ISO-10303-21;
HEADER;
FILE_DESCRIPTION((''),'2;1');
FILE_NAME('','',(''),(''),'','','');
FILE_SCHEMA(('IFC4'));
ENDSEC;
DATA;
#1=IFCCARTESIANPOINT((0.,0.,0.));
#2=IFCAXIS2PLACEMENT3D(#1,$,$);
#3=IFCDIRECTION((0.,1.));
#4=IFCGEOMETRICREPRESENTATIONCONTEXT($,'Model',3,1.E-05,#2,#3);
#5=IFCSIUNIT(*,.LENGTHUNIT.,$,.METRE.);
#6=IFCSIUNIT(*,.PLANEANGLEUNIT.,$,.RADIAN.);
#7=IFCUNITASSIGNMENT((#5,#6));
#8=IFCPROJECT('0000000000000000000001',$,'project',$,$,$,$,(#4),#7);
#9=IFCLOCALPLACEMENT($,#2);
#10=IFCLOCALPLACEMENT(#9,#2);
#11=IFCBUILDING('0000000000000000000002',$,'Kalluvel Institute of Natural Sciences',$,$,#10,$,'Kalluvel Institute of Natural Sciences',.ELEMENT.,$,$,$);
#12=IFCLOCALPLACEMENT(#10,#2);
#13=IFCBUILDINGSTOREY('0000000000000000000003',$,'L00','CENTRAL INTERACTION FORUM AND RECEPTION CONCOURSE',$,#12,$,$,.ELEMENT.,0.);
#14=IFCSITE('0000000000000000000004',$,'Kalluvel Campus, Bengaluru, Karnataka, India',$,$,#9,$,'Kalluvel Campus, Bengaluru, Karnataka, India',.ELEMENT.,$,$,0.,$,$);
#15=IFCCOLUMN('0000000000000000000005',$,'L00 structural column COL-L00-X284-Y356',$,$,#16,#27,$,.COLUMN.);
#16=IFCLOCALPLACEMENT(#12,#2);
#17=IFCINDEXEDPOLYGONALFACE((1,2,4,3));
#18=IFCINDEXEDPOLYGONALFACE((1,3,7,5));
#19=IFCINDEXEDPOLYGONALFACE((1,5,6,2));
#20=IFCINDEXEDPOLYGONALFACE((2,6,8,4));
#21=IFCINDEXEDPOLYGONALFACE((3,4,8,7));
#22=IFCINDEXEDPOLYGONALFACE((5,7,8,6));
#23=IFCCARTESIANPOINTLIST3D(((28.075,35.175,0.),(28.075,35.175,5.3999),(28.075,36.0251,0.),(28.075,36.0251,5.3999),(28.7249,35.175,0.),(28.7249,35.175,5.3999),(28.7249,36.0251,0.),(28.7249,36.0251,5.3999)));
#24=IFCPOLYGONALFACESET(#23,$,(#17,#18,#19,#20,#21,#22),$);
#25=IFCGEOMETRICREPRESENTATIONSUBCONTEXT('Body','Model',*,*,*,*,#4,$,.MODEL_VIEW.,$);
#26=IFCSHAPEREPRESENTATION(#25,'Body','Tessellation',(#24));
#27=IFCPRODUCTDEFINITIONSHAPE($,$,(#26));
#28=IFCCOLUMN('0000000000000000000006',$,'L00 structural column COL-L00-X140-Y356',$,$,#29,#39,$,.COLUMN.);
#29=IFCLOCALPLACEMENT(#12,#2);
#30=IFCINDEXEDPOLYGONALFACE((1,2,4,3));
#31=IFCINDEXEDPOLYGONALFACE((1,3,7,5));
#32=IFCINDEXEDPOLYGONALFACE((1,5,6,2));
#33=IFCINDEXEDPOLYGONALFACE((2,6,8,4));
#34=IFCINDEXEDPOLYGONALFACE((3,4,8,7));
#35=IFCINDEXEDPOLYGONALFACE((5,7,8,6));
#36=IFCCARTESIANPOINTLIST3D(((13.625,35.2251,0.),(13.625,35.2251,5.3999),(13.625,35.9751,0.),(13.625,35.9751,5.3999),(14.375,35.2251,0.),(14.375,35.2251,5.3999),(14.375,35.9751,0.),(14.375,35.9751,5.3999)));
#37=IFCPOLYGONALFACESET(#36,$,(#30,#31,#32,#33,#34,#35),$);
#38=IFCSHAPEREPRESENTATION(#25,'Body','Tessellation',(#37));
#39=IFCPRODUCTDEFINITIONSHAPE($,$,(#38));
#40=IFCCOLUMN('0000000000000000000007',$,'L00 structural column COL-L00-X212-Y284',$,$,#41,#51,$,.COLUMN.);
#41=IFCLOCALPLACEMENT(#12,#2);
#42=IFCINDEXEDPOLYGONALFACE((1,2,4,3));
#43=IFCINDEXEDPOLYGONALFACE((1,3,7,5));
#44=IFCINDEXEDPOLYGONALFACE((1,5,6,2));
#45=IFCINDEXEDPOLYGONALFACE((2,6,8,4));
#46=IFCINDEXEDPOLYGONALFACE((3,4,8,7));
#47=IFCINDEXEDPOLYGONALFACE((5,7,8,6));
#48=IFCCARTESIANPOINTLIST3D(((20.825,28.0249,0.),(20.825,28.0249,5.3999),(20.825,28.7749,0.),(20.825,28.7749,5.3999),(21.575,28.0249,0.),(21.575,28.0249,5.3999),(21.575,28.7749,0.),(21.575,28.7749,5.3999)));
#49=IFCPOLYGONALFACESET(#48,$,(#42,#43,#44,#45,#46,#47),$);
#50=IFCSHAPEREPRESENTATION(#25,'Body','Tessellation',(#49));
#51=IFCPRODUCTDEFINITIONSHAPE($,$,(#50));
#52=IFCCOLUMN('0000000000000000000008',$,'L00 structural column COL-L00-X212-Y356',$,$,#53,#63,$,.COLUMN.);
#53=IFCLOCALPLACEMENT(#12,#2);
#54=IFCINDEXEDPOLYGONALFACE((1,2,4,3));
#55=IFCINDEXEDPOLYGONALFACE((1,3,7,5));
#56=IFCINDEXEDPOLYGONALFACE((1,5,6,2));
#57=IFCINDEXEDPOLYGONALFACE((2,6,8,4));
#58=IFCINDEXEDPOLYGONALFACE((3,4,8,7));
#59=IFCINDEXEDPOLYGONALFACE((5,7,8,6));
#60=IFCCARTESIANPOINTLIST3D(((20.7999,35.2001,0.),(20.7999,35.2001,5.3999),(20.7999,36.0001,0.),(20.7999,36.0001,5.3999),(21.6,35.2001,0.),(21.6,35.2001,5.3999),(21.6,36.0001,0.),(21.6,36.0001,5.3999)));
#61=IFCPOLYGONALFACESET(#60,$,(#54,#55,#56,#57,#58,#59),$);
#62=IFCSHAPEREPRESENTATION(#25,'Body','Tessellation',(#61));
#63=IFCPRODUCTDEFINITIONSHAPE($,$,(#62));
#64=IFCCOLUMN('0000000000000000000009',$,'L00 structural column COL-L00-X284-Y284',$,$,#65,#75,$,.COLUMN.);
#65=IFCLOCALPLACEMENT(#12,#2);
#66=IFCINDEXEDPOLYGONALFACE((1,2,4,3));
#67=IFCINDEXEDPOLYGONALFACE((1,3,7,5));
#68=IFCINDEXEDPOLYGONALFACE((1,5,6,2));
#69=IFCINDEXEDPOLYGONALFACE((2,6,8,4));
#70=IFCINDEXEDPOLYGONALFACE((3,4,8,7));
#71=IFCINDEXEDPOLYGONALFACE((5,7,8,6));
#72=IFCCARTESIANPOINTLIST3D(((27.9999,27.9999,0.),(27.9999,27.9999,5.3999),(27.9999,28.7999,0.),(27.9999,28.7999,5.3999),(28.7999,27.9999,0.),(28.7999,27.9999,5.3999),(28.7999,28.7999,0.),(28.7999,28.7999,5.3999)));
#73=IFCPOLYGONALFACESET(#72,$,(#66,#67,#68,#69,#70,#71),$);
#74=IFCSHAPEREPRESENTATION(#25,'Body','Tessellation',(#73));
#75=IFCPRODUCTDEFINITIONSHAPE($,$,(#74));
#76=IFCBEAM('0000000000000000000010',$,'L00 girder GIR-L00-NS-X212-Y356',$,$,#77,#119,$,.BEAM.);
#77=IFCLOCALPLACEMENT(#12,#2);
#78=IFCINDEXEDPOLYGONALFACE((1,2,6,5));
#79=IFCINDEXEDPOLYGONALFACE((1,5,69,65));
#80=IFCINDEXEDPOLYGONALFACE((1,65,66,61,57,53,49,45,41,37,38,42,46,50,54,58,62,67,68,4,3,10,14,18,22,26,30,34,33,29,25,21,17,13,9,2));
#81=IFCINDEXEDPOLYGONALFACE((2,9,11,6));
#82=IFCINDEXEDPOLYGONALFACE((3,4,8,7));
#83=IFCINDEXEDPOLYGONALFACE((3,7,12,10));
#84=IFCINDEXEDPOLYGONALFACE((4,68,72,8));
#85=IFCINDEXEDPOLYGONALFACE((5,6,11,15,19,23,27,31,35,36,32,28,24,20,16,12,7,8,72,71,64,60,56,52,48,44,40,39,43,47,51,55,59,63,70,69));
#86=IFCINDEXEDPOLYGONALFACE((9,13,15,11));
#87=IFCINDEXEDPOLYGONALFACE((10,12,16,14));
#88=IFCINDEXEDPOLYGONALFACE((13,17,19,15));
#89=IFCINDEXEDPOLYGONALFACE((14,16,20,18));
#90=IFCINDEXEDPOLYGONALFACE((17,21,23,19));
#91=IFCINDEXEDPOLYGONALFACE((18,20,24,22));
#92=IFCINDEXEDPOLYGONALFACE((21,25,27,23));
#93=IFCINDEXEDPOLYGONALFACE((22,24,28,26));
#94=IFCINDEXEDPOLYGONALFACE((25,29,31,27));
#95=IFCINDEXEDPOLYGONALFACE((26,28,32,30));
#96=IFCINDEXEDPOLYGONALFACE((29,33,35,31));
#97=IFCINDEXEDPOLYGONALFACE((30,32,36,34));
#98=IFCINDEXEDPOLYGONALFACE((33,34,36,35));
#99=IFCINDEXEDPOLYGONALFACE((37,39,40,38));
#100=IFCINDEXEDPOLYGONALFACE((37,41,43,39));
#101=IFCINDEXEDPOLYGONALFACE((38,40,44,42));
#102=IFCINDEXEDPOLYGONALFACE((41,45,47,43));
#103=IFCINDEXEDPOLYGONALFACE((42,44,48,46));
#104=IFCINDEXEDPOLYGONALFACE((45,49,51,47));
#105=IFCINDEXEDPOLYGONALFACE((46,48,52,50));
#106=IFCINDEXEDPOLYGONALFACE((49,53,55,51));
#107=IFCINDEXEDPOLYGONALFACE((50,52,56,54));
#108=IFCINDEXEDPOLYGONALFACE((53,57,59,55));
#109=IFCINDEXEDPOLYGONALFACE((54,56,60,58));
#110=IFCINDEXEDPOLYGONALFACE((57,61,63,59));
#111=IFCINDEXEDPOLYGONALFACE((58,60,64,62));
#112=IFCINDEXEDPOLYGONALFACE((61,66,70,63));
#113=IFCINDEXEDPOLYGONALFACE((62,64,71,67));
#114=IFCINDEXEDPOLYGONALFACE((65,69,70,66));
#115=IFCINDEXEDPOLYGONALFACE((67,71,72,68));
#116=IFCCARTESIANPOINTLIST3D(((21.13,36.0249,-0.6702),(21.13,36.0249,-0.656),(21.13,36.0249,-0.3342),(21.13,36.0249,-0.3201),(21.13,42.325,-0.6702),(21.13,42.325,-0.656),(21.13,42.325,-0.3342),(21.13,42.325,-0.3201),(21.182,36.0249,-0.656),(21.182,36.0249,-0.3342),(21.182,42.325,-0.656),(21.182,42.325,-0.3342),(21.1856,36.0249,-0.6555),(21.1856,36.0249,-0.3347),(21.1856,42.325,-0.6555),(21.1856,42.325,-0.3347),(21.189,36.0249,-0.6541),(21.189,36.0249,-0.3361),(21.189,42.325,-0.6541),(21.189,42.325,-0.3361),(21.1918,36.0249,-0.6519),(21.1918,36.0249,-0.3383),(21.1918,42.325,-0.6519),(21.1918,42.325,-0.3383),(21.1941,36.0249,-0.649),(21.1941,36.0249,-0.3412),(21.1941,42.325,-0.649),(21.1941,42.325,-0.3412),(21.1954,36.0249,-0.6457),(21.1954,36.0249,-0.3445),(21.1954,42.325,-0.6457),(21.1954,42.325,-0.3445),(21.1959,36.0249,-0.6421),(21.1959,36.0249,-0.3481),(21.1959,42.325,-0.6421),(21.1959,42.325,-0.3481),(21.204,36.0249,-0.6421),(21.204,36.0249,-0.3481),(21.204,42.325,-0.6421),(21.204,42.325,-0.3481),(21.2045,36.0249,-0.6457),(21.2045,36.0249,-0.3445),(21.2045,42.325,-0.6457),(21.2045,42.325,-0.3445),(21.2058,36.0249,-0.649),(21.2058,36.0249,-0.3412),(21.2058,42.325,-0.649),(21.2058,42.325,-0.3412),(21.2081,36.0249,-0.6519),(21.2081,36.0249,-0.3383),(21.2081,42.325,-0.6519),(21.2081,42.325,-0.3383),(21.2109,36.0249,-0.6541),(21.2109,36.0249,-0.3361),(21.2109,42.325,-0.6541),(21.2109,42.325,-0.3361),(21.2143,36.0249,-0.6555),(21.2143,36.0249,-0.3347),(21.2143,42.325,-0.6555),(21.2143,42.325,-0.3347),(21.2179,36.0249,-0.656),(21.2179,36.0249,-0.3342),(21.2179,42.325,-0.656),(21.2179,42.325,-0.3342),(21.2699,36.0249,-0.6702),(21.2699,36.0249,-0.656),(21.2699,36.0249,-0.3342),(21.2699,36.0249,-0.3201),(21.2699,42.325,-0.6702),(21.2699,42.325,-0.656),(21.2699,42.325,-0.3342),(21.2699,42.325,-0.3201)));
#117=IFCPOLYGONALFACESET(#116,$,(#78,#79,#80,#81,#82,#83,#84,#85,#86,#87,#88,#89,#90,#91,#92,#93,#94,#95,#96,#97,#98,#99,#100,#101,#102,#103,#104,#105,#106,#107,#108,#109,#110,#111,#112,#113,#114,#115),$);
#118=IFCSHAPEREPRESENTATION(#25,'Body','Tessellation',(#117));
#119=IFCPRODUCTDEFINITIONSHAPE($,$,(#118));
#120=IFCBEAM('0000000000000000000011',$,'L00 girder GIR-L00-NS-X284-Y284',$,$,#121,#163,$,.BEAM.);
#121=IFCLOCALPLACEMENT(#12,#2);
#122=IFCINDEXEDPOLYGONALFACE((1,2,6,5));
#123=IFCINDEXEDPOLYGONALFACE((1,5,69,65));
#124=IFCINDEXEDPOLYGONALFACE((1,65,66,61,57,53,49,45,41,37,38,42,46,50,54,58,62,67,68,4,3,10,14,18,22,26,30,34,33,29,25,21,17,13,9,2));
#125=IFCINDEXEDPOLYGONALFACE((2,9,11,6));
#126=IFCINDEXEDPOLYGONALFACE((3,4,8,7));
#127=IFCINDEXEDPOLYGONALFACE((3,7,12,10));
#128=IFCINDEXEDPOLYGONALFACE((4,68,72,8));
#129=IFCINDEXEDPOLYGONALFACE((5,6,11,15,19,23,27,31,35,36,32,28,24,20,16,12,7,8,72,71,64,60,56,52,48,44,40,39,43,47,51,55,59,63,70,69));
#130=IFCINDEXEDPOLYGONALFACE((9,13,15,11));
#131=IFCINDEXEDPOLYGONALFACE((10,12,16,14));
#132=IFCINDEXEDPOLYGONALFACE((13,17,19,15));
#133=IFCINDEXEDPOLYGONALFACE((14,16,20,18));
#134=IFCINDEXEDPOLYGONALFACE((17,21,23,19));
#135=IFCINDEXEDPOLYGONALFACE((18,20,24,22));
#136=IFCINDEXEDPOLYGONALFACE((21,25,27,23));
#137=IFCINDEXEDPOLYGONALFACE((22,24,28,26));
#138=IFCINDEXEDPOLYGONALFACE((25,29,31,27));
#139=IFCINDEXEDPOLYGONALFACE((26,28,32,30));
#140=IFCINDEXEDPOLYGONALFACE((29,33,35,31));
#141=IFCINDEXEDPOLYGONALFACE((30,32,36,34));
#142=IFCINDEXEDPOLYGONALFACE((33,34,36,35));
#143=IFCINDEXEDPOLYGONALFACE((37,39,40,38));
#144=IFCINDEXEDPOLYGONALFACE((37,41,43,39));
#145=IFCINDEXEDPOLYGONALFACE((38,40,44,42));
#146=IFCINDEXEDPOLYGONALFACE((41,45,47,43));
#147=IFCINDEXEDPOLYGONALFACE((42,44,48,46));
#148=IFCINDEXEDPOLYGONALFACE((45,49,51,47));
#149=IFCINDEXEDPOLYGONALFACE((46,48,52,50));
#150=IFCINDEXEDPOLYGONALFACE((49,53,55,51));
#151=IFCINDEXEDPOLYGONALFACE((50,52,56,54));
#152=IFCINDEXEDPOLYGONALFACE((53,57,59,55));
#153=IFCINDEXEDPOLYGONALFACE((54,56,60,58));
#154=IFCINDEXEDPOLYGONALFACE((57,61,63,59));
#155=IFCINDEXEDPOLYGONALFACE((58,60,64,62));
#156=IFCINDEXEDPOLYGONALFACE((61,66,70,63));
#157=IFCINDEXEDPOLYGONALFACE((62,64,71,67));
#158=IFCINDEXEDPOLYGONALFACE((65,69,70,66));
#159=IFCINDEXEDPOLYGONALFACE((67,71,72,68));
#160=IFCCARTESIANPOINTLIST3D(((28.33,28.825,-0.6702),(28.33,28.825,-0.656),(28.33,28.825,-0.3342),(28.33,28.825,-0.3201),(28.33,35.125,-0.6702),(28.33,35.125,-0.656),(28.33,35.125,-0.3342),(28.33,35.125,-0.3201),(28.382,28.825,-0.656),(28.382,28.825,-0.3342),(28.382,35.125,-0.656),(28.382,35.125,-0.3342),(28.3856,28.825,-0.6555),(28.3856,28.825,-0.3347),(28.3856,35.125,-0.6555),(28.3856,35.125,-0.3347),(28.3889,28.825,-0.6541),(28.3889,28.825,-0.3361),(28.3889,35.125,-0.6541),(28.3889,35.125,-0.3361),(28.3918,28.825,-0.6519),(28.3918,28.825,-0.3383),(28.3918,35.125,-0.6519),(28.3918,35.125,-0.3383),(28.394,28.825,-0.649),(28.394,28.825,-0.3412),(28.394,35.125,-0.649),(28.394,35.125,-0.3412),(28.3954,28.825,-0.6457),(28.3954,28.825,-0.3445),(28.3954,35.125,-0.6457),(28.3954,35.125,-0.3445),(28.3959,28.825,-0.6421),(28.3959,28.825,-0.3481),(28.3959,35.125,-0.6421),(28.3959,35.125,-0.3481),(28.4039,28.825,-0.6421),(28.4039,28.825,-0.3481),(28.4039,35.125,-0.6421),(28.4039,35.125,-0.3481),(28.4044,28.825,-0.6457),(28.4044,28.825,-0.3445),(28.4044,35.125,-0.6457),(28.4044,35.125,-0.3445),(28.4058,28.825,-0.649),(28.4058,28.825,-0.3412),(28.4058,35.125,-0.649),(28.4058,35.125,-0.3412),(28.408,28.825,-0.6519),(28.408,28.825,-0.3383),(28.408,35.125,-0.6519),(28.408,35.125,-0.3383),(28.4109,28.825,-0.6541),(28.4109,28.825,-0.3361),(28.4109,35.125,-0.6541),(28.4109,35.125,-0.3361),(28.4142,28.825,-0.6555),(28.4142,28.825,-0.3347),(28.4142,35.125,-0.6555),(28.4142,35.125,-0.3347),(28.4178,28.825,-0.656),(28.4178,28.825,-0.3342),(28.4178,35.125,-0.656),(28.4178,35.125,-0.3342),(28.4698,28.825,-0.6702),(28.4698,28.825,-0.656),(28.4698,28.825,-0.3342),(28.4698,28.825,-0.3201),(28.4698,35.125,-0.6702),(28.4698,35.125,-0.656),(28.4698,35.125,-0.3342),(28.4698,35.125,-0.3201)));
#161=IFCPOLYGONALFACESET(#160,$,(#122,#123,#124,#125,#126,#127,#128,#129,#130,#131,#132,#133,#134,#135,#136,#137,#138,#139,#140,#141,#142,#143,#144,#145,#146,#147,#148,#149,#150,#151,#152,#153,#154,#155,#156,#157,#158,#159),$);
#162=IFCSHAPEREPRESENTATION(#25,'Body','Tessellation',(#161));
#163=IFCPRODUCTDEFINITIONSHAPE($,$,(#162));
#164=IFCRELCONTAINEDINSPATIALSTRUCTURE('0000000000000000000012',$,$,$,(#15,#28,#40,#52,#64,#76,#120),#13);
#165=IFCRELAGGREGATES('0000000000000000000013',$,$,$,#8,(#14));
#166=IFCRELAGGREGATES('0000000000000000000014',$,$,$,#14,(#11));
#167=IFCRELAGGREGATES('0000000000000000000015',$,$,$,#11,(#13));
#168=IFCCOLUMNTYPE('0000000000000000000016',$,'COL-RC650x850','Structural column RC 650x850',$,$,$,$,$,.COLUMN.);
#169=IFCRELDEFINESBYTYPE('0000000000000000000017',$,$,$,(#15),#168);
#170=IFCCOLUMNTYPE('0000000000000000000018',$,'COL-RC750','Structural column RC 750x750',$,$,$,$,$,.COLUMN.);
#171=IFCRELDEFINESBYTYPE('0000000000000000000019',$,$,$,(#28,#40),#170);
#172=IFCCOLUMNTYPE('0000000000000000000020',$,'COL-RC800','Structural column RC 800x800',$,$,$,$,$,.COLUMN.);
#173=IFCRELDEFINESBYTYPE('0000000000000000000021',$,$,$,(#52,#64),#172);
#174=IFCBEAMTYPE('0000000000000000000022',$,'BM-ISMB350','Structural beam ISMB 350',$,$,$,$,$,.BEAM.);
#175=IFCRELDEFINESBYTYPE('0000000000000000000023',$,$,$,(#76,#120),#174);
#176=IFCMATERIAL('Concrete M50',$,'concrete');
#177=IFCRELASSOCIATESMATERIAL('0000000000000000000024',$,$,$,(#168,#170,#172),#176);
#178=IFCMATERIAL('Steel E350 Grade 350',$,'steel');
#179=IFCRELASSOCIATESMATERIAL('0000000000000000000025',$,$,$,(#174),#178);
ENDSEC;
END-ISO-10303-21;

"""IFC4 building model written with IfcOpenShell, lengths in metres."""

from ifc_helpers import new_model, si_unit, direction, frame, origin, origin_2d, place, context, subcontext, project, spatial, rectangle, i_section, extrude, material, material_profile, profile_set, type_object, element, save


model = new_model("IFC4")

# Units and contexts
model_context = context("Model", 3, precision=1e-05, world=origin(), true_north=direction((0.0, 1.0)))
body_context = subcontext(model_context, "Body", "Model", "MODEL_VIEW")
ifc_project = project(units=[si_unit("LENGTHUNIT", "METRE"), si_unit("PLANEANGLEUNIT", "RADIAN")], contexts=[model_context])

# Site, building, storey
site_placement = place(None, origin())
site = spatial("IfcSite", under=ifc_project, at=site_placement, Name="Kalluvel Campus, Bengaluru, Karnataka, India", LongName="Kalluvel Campus, Bengaluru, Karnataka, India", CompositionType="ELEMENT", RefElevation=0.0)
building_placement = place(site_placement, origin())
building = spatial("IfcBuilding", under=site, at=building_placement, Name="Kalluvel Institute of Natural Sciences", LongName="Kalluvel Institute of Natural Sciences", CompositionType="ELEMENT")
storey_placement = place(building_placement, origin())
storey = spatial("IfcBuildingStorey", under=building, at=storey_placement, Name="L00", Description="CENTRAL INTERACTION FORUM AND RECEPTION CONCOURSE", CompositionType="ELEMENT", Elevation=0.0)

# Columns
ifc_material_1 = material(Name="Concrete M50", Category="concrete")
ifc_material_profile_1 = material_profile(ifc_material_1, rectangle(XDim=0.6499, YDim=0.8501, at=origin_2d()), Name="RC 650x850")
ifc_profile_set_1 = profile_set([ifc_material_profile_1], Name="Concrete M50")
column_type_1 = type_object("IfcColumnType", Name="COL-RC650x850", Description="Structural column RC 650x850", PredefinedType="COLUMN", material=ifc_profile_set_1)
column_placement = place(storey_placement, frame((28.3999, 35.6001, 0.0), z_axis=(0.0, 0.0, 1.0), x_axis=(1.0, 0.0, 0.0)))
element("IfcColumn", 1, at=column_placement, inside=storey, type_object=column_type_1, Name="L00 structural column COL-L00-X284-Y356", PredefinedType="COLUMN", context=body_context, shape_type="SweptSolid", body=[
    extrude(rectangle(XDim=0.6499, YDim=0.8501, at=origin_2d()), origin(), (0.0, 0.0, 1.0), 5.3999),
])
ifc_material_profile_2 = material_profile(ifc_material_1, rectangle(XDim=0.75, YDim=0.75, at=origin_2d()), Name="RC 750x750")
ifc_profile_set_2 = profile_set([ifc_material_profile_2], Name="Concrete M50")
column_type_2 = type_object("IfcColumnType", Name="COL-RC750", Description="Structural column RC 750x750", PredefinedType="COLUMN", material=ifc_profile_set_2)
for number, where, z_axis, x_axis, name in (
    (2, (14.0, 35.6001, 0.0), (0.0, 0.0, 1.0), (1.0, 0.0, 0.0), "L00 structural column COL-L00-X140-Y356"),
    (3, (21.2, 28.3999, 0.0), (0.0, 0.0, 1.0), (1.0, 0.0, 0.0), "L00 structural column COL-L00-X212-Y284"),
):
    element("IfcColumn", number, at=place(storey_placement, frame(where, z_axis=z_axis, x_axis=x_axis)), inside=storey, type_object=column_type_2, Name=name, PredefinedType="COLUMN", context=body_context, shape_type="SweptSolid", body=[
        extrude(rectangle(XDim=0.75, YDim=0.75, at=origin_2d()), origin(), (0.0, 0.0, 1.0), 5.3999),
    ])
ifc_material_profile_3 = material_profile(ifc_material_1, rectangle(XDim=0.8, YDim=0.8, at=origin_2d()), Name="RC 800x800")
ifc_profile_set_3 = profile_set([ifc_material_profile_3], Name="Concrete M50")
column_type_3 = type_object("IfcColumnType", Name="COL-RC800", Description="Structural column RC 800x800", PredefinedType="COLUMN", material=ifc_profile_set_3)
for number, where, z_axis, x_axis, name in (
    (4, (21.2, 35.6001, 0.0), (0.0, 0.0, 1.0), (1.0, 0.0, 0.0), "L00 structural column COL-L00-X212-Y356"),
    (5, (28.3999, 28.3999, 0.0), (0.0, 0.0, 1.0), (1.0, 0.0, 0.0), "L00 structural column COL-L00-X284-Y284"),
):
    element("IfcColumn", number, at=place(storey_placement, frame(where, z_axis=z_axis, x_axis=x_axis)), inside=storey, type_object=column_type_3, Name=name, PredefinedType="COLUMN", context=body_context, shape_type="SweptSolid", body=[
        extrude(rectangle(XDim=0.8, YDim=0.8, at=origin_2d()), origin(), (0.0, 0.0, 1.0), 5.3999),
    ])

# Beams
ifc_material_2 = material(Name="Steel E350 Grade 350", Category="steel")
ifc_material_profile_4 = material_profile(ifc_material_2, i_section(OverallWidth=0.1399, OverallDepth=0.3501, WebThickness=0.0081, FlangeThickness=0.0142, FilletRadius=0.0139, at=origin_2d()), Name="ISMB 350")
ifc_profile_set_4 = profile_set([ifc_material_profile_4], Name="Steel E350 Grade 350")
beam_type_1 = type_object("IfcBeamType", Name="BM-ISMB350", Description="Structural beam ISMB 350", PredefinedType="BEAM", material=ifc_profile_set_4)
for number, where, z_axis, x_axis, name in (
    (6, (21.2, 36.0249, -0.4951), (0.0, 1.0, 0.0), (-1.0, 0.0, 0.0), "L00 girder GIR-L00-NS-X212-Y356"),
    (7, (28.3999, 28.825, -0.4951), (0.0, 1.0, 0.0), (-1.0, 0.0, 0.0), "L00 girder GIR-L00-NS-X284-Y284"),
):
    element("IfcBeam", number, at=place(storey_placement, frame(where, z_axis=z_axis, x_axis=x_axis)), inside=storey, type_object=beam_type_1, Name=name, PredefinedType="BEAM", context=body_context, shape_type="SweptSolid", body=[
        extrude(i_section(OverallWidth=0.1399, OverallDepth=0.3501, WebThickness=0.0081, FlangeThickness=0.0142, FilletRadius=0.0139, at=origin_2d()), origin(), (0.0, 0.0, 1.0), 6.3),
    ])

save(model, "model.ifc")
